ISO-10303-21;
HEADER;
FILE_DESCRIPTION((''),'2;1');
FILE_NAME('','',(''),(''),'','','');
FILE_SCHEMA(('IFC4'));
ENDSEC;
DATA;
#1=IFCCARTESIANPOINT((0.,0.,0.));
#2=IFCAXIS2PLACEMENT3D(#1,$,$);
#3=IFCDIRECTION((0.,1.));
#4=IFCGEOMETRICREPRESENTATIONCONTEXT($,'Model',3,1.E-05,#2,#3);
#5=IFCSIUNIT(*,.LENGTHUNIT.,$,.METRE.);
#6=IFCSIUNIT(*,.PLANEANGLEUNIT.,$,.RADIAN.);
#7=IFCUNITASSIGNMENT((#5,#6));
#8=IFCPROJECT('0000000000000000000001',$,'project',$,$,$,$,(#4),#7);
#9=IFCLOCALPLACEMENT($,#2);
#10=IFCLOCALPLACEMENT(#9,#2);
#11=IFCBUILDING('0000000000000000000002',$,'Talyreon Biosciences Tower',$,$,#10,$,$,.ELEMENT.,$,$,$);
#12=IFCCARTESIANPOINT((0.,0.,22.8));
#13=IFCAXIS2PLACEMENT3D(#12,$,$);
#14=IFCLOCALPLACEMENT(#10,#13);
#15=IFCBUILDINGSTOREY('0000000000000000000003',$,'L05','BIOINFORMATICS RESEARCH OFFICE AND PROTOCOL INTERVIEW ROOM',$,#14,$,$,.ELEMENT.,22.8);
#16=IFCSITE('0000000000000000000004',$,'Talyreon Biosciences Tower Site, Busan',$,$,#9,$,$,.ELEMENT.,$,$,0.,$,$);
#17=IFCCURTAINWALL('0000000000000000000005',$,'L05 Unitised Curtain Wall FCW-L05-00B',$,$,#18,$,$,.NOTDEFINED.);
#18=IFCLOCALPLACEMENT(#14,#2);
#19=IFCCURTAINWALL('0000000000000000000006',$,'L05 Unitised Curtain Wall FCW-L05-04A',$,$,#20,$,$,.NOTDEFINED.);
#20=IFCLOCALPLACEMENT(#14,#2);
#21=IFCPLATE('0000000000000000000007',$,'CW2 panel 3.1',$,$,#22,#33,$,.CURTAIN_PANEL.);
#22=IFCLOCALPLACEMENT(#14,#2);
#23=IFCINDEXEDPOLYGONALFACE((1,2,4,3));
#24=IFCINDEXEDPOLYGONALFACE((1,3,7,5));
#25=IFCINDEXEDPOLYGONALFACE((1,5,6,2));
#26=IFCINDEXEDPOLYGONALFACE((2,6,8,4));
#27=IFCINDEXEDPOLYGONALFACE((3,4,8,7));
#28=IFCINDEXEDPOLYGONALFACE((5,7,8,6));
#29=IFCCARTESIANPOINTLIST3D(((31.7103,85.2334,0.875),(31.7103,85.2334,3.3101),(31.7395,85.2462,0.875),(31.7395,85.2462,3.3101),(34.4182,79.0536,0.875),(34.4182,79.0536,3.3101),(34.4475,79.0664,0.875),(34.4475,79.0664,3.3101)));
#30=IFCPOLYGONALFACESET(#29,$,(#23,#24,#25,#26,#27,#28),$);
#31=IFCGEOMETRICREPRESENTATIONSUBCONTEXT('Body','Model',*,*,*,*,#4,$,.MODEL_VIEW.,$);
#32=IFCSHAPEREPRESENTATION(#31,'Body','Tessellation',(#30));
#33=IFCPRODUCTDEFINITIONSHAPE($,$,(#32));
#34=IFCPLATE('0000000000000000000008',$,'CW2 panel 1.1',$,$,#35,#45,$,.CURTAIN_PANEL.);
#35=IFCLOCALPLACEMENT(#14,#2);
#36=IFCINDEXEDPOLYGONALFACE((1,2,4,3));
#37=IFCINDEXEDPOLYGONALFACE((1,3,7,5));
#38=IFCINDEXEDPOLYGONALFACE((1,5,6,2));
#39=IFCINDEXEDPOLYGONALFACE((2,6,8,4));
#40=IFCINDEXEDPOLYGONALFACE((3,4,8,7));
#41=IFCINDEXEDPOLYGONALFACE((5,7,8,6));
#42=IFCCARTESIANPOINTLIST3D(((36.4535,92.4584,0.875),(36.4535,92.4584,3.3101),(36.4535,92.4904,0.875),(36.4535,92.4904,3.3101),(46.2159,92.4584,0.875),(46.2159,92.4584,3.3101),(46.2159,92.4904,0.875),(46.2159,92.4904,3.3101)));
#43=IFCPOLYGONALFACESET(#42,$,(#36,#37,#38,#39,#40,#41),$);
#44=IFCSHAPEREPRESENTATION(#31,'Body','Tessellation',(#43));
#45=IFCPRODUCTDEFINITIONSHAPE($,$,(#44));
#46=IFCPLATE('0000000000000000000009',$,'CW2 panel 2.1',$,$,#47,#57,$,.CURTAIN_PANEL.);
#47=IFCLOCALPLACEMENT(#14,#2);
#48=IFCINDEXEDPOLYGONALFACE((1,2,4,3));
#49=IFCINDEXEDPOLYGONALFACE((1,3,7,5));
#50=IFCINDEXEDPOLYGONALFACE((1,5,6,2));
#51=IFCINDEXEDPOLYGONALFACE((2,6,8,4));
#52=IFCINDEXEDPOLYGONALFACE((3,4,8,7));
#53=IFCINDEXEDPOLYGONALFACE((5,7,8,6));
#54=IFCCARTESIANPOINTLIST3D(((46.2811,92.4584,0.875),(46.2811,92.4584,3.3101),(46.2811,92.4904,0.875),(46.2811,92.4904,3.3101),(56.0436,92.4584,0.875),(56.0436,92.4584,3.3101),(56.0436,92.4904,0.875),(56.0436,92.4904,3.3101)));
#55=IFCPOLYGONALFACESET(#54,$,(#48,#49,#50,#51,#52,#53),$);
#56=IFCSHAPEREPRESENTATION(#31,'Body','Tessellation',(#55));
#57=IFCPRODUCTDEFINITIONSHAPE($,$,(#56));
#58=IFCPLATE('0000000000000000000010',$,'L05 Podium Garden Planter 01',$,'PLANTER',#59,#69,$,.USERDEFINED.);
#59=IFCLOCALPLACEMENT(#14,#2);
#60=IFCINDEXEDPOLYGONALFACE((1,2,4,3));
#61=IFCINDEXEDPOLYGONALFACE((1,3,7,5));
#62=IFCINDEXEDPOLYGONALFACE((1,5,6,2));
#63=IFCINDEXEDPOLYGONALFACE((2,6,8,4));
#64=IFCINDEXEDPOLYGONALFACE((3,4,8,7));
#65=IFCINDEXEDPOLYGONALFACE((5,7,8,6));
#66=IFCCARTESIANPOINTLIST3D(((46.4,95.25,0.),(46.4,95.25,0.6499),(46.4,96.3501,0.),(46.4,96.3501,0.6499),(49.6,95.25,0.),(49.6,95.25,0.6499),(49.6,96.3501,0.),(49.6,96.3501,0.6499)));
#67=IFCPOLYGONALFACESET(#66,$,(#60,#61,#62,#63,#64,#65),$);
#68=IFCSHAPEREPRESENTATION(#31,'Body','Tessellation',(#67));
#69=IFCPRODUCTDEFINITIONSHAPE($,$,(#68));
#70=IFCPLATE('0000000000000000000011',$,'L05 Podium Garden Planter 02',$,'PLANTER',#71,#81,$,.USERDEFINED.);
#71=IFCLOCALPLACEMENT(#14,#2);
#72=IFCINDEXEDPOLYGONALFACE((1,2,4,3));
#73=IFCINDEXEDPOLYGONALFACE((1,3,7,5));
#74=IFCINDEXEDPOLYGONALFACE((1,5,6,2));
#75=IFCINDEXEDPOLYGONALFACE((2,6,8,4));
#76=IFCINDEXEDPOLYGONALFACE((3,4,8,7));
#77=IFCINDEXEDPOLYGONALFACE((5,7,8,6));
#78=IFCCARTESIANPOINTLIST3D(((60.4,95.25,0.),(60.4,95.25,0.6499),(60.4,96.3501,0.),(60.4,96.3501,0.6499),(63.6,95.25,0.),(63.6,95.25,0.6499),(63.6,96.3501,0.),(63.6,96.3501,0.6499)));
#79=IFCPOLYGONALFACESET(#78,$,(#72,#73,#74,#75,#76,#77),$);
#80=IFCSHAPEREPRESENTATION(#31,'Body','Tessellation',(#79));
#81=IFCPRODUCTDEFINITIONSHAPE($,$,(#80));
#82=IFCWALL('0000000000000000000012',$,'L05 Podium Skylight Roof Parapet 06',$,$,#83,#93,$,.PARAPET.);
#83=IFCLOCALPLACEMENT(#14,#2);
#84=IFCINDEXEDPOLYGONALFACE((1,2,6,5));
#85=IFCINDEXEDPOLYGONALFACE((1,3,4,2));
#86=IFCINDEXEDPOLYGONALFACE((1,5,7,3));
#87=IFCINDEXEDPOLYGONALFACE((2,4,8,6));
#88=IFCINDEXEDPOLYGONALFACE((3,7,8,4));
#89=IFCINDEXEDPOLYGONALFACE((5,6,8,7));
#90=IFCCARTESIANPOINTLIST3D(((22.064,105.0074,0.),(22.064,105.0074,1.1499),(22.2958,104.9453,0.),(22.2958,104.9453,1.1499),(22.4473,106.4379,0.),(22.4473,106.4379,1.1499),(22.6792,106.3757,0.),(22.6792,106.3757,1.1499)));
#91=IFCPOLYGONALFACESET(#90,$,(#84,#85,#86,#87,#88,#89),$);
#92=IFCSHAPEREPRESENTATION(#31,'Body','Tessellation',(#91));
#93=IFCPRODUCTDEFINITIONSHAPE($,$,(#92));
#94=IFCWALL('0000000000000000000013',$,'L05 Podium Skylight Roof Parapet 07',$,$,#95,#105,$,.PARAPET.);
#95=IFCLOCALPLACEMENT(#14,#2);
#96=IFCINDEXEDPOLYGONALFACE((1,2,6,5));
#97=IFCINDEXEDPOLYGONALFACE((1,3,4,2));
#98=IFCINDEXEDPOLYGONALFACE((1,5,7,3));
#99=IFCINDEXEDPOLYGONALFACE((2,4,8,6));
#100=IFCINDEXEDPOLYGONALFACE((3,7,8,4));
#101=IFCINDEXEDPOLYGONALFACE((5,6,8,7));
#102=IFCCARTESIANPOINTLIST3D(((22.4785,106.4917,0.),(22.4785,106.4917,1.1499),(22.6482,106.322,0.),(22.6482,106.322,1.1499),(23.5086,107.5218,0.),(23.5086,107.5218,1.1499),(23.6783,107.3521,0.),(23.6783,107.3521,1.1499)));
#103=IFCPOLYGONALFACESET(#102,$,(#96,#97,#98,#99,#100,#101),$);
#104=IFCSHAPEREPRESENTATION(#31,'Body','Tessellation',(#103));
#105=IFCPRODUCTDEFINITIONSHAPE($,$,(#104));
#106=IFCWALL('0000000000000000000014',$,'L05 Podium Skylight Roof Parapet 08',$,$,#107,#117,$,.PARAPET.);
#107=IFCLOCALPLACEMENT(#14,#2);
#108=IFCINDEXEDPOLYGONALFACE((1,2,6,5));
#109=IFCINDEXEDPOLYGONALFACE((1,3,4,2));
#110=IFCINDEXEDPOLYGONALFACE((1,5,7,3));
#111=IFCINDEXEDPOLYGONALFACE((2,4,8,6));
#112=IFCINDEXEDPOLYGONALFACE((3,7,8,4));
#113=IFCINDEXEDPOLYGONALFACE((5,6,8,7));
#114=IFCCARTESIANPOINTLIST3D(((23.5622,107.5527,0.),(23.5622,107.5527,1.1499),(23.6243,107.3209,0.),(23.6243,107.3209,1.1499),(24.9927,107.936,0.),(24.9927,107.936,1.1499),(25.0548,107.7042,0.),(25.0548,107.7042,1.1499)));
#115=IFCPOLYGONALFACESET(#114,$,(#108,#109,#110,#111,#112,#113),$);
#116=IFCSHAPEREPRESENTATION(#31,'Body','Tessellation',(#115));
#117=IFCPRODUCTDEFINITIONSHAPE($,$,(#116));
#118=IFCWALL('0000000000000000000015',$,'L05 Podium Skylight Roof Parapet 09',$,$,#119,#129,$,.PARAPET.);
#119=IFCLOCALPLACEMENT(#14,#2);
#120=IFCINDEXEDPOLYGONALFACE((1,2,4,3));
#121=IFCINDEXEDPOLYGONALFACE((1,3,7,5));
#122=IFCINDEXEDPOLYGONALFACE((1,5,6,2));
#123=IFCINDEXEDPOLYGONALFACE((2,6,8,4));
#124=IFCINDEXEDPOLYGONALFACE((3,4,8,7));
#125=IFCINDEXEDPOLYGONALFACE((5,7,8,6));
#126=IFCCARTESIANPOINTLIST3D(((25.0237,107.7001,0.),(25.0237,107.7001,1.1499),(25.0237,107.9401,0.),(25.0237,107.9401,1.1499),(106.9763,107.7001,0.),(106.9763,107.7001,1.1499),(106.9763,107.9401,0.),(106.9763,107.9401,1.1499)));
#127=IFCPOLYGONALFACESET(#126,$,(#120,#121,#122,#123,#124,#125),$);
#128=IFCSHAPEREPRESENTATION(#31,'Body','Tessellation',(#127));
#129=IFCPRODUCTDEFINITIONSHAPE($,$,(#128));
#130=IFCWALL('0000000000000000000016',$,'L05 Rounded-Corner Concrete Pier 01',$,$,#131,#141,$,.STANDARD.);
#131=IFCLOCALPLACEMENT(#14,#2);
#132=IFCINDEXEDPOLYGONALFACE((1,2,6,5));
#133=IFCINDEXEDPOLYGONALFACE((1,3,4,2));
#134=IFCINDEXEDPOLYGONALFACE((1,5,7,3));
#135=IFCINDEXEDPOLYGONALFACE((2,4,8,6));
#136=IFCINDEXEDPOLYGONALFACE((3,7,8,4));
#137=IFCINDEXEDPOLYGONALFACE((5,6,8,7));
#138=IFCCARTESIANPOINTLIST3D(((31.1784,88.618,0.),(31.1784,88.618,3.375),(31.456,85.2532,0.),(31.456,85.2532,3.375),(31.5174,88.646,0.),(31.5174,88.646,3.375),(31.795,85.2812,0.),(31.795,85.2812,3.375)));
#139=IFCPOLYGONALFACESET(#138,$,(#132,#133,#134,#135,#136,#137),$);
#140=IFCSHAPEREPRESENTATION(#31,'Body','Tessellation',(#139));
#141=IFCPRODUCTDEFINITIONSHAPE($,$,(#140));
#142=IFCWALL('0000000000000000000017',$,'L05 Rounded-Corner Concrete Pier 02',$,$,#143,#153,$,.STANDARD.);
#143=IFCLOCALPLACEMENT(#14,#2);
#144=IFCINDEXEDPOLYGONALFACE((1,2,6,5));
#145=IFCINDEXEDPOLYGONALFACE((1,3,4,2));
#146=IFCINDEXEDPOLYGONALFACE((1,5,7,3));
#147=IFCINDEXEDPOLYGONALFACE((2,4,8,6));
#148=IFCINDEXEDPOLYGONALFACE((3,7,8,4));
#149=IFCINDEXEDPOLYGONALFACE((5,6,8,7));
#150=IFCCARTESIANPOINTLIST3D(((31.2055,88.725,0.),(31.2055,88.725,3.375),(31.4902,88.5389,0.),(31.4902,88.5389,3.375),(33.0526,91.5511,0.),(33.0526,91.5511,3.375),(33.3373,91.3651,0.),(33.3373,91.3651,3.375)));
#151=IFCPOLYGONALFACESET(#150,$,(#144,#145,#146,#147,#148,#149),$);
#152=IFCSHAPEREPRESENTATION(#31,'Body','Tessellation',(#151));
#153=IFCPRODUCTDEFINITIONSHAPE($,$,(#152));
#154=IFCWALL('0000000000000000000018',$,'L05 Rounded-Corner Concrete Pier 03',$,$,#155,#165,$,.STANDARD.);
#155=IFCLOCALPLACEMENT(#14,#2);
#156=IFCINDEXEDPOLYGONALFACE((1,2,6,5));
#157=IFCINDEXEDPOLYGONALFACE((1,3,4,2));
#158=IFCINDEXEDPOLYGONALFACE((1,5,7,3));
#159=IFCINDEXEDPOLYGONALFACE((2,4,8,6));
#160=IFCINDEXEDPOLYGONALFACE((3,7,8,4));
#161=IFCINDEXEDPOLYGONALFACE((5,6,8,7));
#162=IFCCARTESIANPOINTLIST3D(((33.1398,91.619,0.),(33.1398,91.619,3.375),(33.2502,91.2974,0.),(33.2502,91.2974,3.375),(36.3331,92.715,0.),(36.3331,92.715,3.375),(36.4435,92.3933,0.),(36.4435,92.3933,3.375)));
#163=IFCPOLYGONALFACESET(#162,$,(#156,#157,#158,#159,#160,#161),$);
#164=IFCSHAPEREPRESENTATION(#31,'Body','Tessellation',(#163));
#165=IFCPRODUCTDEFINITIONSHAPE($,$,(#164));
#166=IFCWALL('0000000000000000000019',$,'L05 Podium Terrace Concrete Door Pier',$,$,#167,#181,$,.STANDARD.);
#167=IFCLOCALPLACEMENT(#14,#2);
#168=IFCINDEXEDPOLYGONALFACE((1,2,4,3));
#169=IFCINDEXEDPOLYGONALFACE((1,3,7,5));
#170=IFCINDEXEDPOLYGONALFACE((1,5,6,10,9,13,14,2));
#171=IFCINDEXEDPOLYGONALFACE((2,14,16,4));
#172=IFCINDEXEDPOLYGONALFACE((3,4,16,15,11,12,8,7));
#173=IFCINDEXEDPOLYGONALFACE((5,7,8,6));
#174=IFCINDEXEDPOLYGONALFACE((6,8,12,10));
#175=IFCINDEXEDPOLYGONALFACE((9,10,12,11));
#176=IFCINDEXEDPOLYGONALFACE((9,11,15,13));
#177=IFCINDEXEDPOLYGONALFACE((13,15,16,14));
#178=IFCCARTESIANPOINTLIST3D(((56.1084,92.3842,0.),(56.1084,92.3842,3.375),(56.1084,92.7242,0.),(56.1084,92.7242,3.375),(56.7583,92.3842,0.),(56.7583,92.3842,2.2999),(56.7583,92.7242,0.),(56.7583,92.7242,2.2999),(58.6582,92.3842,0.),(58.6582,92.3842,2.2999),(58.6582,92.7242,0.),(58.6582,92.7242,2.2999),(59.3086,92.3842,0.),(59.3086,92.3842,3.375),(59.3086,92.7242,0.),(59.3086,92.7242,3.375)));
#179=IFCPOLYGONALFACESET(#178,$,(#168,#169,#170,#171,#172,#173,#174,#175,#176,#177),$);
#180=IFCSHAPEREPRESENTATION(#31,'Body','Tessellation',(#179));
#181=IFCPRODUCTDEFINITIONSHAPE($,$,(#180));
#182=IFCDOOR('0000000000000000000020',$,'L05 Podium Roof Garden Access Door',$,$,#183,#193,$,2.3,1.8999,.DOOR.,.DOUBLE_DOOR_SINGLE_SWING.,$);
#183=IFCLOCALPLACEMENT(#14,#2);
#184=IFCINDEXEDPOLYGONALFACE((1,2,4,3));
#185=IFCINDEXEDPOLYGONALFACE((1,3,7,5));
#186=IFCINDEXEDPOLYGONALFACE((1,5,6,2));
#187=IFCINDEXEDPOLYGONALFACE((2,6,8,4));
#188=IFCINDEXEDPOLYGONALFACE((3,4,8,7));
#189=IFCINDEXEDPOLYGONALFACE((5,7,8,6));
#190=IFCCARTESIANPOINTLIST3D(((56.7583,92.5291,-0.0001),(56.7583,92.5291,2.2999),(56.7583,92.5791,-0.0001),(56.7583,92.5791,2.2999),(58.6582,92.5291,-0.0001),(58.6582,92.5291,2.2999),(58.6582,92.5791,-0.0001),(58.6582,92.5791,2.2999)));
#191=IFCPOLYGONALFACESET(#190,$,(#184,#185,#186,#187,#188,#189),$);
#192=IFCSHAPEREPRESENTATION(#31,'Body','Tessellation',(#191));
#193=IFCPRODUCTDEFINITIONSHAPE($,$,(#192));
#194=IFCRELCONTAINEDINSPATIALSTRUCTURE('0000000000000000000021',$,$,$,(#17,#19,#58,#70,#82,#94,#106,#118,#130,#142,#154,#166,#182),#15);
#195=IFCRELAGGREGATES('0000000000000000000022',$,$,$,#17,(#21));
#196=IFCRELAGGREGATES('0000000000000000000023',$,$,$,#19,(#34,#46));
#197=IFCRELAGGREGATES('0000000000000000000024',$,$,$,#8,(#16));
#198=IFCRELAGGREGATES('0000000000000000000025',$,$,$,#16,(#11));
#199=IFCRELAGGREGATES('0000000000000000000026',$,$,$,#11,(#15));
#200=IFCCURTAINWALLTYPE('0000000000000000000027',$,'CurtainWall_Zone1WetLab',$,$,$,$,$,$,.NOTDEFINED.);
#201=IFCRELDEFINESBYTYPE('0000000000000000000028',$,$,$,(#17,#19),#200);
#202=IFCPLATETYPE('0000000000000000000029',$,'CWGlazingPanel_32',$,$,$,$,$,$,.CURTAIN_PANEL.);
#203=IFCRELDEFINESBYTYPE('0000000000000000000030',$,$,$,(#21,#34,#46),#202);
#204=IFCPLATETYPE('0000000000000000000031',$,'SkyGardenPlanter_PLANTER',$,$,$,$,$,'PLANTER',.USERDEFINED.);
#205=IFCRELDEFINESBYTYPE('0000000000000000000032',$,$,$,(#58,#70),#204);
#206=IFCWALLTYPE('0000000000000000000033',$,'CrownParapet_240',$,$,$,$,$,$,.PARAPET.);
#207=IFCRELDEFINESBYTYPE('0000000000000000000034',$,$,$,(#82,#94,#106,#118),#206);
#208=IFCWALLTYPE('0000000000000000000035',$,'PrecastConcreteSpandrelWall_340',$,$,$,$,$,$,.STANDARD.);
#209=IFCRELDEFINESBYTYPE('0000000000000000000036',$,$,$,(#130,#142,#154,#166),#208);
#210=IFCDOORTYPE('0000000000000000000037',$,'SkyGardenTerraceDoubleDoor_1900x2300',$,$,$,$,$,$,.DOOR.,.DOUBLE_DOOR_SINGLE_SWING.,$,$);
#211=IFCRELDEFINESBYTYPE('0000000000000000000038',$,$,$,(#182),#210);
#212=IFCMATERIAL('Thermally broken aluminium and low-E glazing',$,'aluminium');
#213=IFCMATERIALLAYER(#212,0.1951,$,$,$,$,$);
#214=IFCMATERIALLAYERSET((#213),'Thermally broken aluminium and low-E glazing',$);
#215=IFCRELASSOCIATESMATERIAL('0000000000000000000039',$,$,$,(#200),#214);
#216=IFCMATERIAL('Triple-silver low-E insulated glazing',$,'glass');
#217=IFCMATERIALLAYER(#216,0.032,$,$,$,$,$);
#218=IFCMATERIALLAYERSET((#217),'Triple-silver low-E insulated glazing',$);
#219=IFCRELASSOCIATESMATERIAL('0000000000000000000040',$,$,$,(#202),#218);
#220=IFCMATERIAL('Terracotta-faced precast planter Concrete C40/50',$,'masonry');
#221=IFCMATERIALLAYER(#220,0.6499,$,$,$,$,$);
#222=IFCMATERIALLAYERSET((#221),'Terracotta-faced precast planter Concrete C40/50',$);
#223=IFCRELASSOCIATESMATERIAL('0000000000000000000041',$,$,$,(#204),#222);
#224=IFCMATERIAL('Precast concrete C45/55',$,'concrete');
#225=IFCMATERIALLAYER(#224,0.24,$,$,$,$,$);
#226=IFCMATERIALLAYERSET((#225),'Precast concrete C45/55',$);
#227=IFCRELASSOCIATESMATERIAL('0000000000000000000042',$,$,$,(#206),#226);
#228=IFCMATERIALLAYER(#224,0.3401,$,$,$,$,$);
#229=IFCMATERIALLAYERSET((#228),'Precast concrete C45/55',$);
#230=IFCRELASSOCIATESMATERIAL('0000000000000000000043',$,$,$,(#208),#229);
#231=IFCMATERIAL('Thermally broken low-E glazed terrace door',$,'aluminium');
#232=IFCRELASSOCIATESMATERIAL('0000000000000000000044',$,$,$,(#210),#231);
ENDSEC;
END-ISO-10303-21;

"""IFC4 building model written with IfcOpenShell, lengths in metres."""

from ifc_helpers import new_model, si_unit, direction, frame, frame_2d, origin, origin_2d, place, context, subcontext, project, spatial, rectangle, extrude, material, layer, layer_set, type_object, element, fill, aggregate, save


model = new_model("IFC4")

# Units and contexts
model_context = context("Model", 3, precision=1e-05, world=origin(), true_north=direction((0.0, 1.0)))
body_context = subcontext(model_context, "Body", "Model", "MODEL_VIEW")
ifc_project = project(units=[si_unit("LENGTHUNIT", "METRE"), si_unit("PLANEANGLEUNIT", "RADIAN")], contexts=[model_context])

# Site, building, storey
site_placement = place(None, origin())
site = spatial("IfcSite", under=ifc_project, at=site_placement, Name="Talyreon Biosciences Tower Site, Busan", CompositionType="ELEMENT", RefElevation=0.0)
building_placement = place(site_placement, origin())
building = spatial("IfcBuilding", under=site, at=building_placement, Name="Talyreon Biosciences Tower", CompositionType="ELEMENT")
storey_placement = place(building_placement, frame((0.0, 0.0, 22.8)))
storey = spatial("IfcBuildingStorey", under=building, at=storey_placement, Name="L05", Description="BIOINFORMATICS RESEARCH OFFICE AND PROTOCOL INTERVIEW ROOM", CompositionType="ELEMENT", Elevation=22.8)

# Curtain wall
ifc_material_1 = material(Name="Thermally broken aluminium and low-E glazing", Category="aluminium")
ifc_layer_1 = layer(ifc_material_1, 0.1951)
ifc_layer_set_1 = layer_set([ifc_layer_1], Name="Thermally broken aluminium and low-E glazing")
curtain_wall_type = type_object("IfcCurtainWallType", Name="CurtainWall_Zone1WetLab", PredefinedType="NOTDEFINED", material=ifc_layer_set_1)
curtain_wall_1_placement = place(storey_placement, origin())
curtain_wall_1 = element("IfcCurtainWall", 1, at=curtain_wall_1_placement, inside=storey, type_object=curtain_wall_type, Name="L05 Unitised Curtain Wall FCW-L05-00B", PredefinedType="NOTDEFINED")

# Curtain wall
curtain_wall_2_placement = place(storey_placement, origin())
curtain_wall_2 = element("IfcCurtainWall", 2, at=curtain_wall_2_placement, inside=storey, type_object=curtain_wall_type, Name="L05 Unitised Curtain Wall FCW-L05-04A", PredefinedType="NOTDEFINED")

# Shared definitions
ifc_material_2 = material(Name="Precast concrete C45/55", Category="concrete")

# Plates
ifc_material_3 = material(Name="Triple-silver low-E insulated glazing", Category="glass")
ifc_layer_2 = layer(ifc_material_3, 0.032)
ifc_layer_set_2 = layer_set([ifc_layer_2], Name="Triple-silver low-E insulated glazing")
plate_type_1 = type_object("IfcPlateType", Name="CWGlazingPanel_32", PredefinedType="CURTAIN_PANEL", material=ifc_layer_set_2)
plate_1_placement = place(storey_placement, frame((33.0789, 82.1499, 0.875), z_axis=(0.0, 0.0, 1.0), x_axis=(-0.401347, 0.915926, 0.0)))
plate_1 = element("IfcPlate", 3, at=plate_1_placement, type_object=plate_type_1, Name="CW2 panel 3.1", PredefinedType="CURTAIN_PANEL", context=body_context, shape_type="SweptSolid", body=[
    extrude(rectangle(XDim=6.7471, YDim=0.032, at=origin_2d()), origin(), (0.0, 0.0, 1.0), 2.4351),
])
aggregate(curtain_wall_1, [plate_1])
plate_2_placement = place(storey_placement, frame((41.3347, 92.4744, 0.875), z_axis=(0.0, 0.0, 1.0), x_axis=(1.0, 0.0, 0.0)))
plate_2 = element("IfcPlate", 4, at=plate_2_placement, type_object=plate_type_1, Name="CW2 panel 1.1", PredefinedType="CURTAIN_PANEL", context=body_context, shape_type="SweptSolid", body=[
    extrude(rectangle(XDim=9.7625, YDim=0.032, at=origin_2d()), origin(), (0.0, 0.0, 1.0), 2.4351),
])
plate_3_placement = place(storey_placement, frame((51.1624, 92.4744, 0.875), z_axis=(0.0, 0.0, 1.0), x_axis=(1.0, 0.0, 0.0)))
plate_3 = element("IfcPlate", 5, at=plate_3_placement, type_object=plate_type_1, Name="CW2 panel 2.1", PredefinedType="CURTAIN_PANEL", context=body_context, shape_type="SweptSolid", body=[
    extrude(rectangle(XDim=9.7625, YDim=0.032, at=origin_2d()), origin(), (0.0, 0.0, 1.0), 2.4351),
])
aggregate(curtain_wall_2, [plate_2, plate_3])

# Plates
ifc_material_4 = material(Name="Terracotta-faced precast planter Concrete C40/50", Category="masonry")
ifc_layer_3 = layer(ifc_material_4, 0.6499)
ifc_layer_set_3 = layer_set([ifc_layer_3], Name="Terracotta-faced precast planter Concrete C40/50")
plate_type_2 = type_object("IfcPlateType", Name="SkyGardenPlanter_PLANTER", ElementType="PLANTER", PredefinedType="USERDEFINED", material=ifc_layer_set_3)
for number, where, z_axis, x_axis, name in (
    (6, (48.0, 95.8, 0.0), (0.0, 0.0, 1.0), (1.0, 0.0, 0.0), "L05 Podium Garden Planter 01"),
    (7, (62.0, 95.8, 0.0), (0.0, 0.0, 1.0), (1.0, 0.0, 0.0), "L05 Podium Garden Planter 02"),
):
    element("IfcPlate", number, at=place(storey_placement, frame(where, z_axis=z_axis, x_axis=x_axis)), inside=storey, type_object=plate_type_2, Name=name, ObjectType="PLANTER", PredefinedType="USERDEFINED", context=body_context, shape_type="SweptSolid", body=[
        extrude(rectangle(XDim=3.2, YDim=1.1001, at=origin_2d()), origin(), (0.0, 0.0, 1.0), 0.6499),
    ])

# Walls
ifc_layer_4 = layer(ifc_material_2, 0.24)
ifc_layer_set_4 = layer_set([ifc_layer_4], Name="Precast concrete C45/55")
wall_type_1 = type_object("IfcWallType", Name="CrownParapet_240", PredefinedType="PARAPET", material=ifc_layer_set_4)
wall_1_placement = place(storey_placement, frame((22.1799, 104.9763, 0.0), z_axis=(0.0, 0.0, 1.0), x_axis=(0.258832, 0.965922, 0.0)))
element("IfcWall", 8, at=wall_1_placement, inside=storey, type_object=wall_type_1, Name="L05 Podium Skylight Roof Parapet 06", PredefinedType="PARAPET", context=body_context, shape_type="SweptSolid", body=[
    extrude(rectangle(XDim=1.481, YDim=0.24, at=frame_2d((0.7405, 0.0))), origin(), (0.0, 0.0, 1.0), 1.1499),
])
wall_2_placement = place(storey_placement, frame((22.5632, 106.4067, 0.0), z_axis=(0.0, 0.0, 1.0), x_axis=(0.707107, 0.707107, 0.0)))
element("IfcWall", 9, at=wall_2_placement, inside=storey, type_object=wall_type_1, Name="L05 Podium Skylight Roof Parapet 07", PredefinedType="PARAPET", context=body_context, shape_type="SweptSolid", body=[
    extrude(rectangle(XDim=1.4568, YDim=0.24, at=frame_2d((0.7285, 0.0))), origin(), (0.0, 0.0, 1.0), 1.1499),
])
wall_3_placement = place(storey_placement, frame((23.5933, 107.4368, 0.0), z_axis=(0.0, 0.0, 1.0), x_axis=(0.965922, 0.258832, 0.0)))
element("IfcWall", 10, at=wall_3_placement, inside=storey, type_object=wall_type_1, Name="L05 Podium Skylight Roof Parapet 08", PredefinedType="PARAPET", context=body_context, shape_type="SweptSolid", body=[
    extrude(rectangle(XDim=1.481, YDim=0.24, at=frame_2d((0.7405, 0.0))), origin(), (0.0, 0.0, 1.0), 1.1499),
])
wall_4_placement = place(storey_placement, frame((25.0237, 107.8201, 0.0), z_axis=(0.0, 0.0, 1.0), x_axis=(1.0, 0.0, 0.0)))
element("IfcWall", 11, at=wall_4_placement, inside=storey, type_object=wall_type_1, Name="L05 Podium Skylight Roof Parapet 09", PredefinedType="PARAPET", context=body_context, shape_type="SweptSolid", body=[
    extrude(rectangle(XDim=81.9526, YDim=0.24, at=frame_2d((40.9763, 0.0))), origin(), (0.0, 0.0, 1.0), 1.1499),
])
ifc_layer_5 = layer(ifc_material_2, 0.3401)
ifc_layer_set_5 = layer_set([ifc_layer_5], Name="Precast concrete C45/55")
wall_type_2 = type_object("IfcWallType", Name="PrecastConcreteSpandrelWall_340", PredefinedType="STANDARD", material=ifc_layer_set_5)
for number, where, z_axis, x_axis, name in (
    (12, (31.6255, 85.2673, 0.0), (0.0, 0.0, 1.0), (-0.08222, 0.996614, 0.0), "L05 Rounded-Corner Concrete Pier 01"),
    (13, (31.3479, 88.6321, 0.0), (0.0, 0.0, 1.0), (0.547101, 0.837066, 0.0), "L05 Rounded-Corner Concrete Pier 02"),
    (14, (33.1951, 91.4583, 0.0), (0.0, 0.0, 1.0), (0.945848, 0.324611, 0.0), "L05 Rounded-Corner Concrete Pier 03"),
):
    element("IfcWall", number, at=place(storey_placement, frame(where, z_axis=z_axis, x_axis=x_axis)), inside=storey, type_object=wall_type_2, Name=name, PredefinedType="STANDARD", context=body_context, shape_type="SweptSolid", body=[
        extrude(rectangle(XDim=3.3762, YDim=0.3401, at=frame_2d((1.688, 0.0))), origin(), (0.0, 0.0, 1.0), 3.375),
    ])

# Wall, opening, door
wall_5_placement = place(storey_placement, frame((56.1084, 92.5542, 0.0), z_axis=(0.0, 0.0, 1.0), x_axis=(1.0, 0.0, 0.0)))
wall_5 = element("IfcWall", 15, at=wall_5_placement, inside=storey, type_object=wall_type_2, Name="L05 Podium Terrace Concrete Door Pier", PredefinedType="STANDARD", context=body_context, shape_type="SweptSolid", body=[
    extrude(rectangle(XDim=3.2002, YDim=0.3401, at=frame_2d((1.6001, 0.0))), origin(), (0.0, 0.0, 1.0), 3.375),
])
opening_placement = place(wall_5_placement, frame((0.6499, 0.0, 0.0)))
opening = element("IfcOpeningElement", 16, at=opening_placement, cuts=wall_5, PredefinedType="OPENING", context=body_context, shape_type="SweptSolid", body=[
    extrude(rectangle(XDim=1.8999, YDim=2.3, at=frame_2d((0.95, 1.1499))), frame((0.0, 0.1799, 0.0), z_axis=(0.0, -1.0, 0.0), x_axis=(1.0, 0.0, 0.0)), (0.0, 0.0, 1.0), 0.3601),
])
ifc_material_5 = material(Name="Thermally broken low-E glazed terrace door", Category="aluminium")
door_type = type_object("IfcDoorType", Name="SkyGardenTerraceDoubleDoor_1900x2300", OperationType="DOUBLE_DOOR_SINGLE_SWING", PredefinedType="DOOR", material=ifc_material_5)
door_placement = place(opening_placement, origin())
door = element("IfcDoor", 17, at=door_placement, inside=storey, type_object=door_type, Name="L05 Podium Roof Garden Access Door", OperationType="DOUBLE_DOOR_SINGLE_SWING", OverallHeight=2.3, OverallWidth=1.8999, PredefinedType="DOOR", context=body_context, shape_type="SweptSolid", body=[
    extrude(rectangle(XDim=1.8999, YDim=2.3, at=frame_2d((0.95, 1.1499))), frame((0.0, 0.0249, 0.0), z_axis=(0.0, -1.0, 0.0), x_axis=(1.0, 0.0, 0.0)), (0.0, 0.0, 1.0), 0.05),
])
fill(opening, door)

save(model, "model.ifc")
